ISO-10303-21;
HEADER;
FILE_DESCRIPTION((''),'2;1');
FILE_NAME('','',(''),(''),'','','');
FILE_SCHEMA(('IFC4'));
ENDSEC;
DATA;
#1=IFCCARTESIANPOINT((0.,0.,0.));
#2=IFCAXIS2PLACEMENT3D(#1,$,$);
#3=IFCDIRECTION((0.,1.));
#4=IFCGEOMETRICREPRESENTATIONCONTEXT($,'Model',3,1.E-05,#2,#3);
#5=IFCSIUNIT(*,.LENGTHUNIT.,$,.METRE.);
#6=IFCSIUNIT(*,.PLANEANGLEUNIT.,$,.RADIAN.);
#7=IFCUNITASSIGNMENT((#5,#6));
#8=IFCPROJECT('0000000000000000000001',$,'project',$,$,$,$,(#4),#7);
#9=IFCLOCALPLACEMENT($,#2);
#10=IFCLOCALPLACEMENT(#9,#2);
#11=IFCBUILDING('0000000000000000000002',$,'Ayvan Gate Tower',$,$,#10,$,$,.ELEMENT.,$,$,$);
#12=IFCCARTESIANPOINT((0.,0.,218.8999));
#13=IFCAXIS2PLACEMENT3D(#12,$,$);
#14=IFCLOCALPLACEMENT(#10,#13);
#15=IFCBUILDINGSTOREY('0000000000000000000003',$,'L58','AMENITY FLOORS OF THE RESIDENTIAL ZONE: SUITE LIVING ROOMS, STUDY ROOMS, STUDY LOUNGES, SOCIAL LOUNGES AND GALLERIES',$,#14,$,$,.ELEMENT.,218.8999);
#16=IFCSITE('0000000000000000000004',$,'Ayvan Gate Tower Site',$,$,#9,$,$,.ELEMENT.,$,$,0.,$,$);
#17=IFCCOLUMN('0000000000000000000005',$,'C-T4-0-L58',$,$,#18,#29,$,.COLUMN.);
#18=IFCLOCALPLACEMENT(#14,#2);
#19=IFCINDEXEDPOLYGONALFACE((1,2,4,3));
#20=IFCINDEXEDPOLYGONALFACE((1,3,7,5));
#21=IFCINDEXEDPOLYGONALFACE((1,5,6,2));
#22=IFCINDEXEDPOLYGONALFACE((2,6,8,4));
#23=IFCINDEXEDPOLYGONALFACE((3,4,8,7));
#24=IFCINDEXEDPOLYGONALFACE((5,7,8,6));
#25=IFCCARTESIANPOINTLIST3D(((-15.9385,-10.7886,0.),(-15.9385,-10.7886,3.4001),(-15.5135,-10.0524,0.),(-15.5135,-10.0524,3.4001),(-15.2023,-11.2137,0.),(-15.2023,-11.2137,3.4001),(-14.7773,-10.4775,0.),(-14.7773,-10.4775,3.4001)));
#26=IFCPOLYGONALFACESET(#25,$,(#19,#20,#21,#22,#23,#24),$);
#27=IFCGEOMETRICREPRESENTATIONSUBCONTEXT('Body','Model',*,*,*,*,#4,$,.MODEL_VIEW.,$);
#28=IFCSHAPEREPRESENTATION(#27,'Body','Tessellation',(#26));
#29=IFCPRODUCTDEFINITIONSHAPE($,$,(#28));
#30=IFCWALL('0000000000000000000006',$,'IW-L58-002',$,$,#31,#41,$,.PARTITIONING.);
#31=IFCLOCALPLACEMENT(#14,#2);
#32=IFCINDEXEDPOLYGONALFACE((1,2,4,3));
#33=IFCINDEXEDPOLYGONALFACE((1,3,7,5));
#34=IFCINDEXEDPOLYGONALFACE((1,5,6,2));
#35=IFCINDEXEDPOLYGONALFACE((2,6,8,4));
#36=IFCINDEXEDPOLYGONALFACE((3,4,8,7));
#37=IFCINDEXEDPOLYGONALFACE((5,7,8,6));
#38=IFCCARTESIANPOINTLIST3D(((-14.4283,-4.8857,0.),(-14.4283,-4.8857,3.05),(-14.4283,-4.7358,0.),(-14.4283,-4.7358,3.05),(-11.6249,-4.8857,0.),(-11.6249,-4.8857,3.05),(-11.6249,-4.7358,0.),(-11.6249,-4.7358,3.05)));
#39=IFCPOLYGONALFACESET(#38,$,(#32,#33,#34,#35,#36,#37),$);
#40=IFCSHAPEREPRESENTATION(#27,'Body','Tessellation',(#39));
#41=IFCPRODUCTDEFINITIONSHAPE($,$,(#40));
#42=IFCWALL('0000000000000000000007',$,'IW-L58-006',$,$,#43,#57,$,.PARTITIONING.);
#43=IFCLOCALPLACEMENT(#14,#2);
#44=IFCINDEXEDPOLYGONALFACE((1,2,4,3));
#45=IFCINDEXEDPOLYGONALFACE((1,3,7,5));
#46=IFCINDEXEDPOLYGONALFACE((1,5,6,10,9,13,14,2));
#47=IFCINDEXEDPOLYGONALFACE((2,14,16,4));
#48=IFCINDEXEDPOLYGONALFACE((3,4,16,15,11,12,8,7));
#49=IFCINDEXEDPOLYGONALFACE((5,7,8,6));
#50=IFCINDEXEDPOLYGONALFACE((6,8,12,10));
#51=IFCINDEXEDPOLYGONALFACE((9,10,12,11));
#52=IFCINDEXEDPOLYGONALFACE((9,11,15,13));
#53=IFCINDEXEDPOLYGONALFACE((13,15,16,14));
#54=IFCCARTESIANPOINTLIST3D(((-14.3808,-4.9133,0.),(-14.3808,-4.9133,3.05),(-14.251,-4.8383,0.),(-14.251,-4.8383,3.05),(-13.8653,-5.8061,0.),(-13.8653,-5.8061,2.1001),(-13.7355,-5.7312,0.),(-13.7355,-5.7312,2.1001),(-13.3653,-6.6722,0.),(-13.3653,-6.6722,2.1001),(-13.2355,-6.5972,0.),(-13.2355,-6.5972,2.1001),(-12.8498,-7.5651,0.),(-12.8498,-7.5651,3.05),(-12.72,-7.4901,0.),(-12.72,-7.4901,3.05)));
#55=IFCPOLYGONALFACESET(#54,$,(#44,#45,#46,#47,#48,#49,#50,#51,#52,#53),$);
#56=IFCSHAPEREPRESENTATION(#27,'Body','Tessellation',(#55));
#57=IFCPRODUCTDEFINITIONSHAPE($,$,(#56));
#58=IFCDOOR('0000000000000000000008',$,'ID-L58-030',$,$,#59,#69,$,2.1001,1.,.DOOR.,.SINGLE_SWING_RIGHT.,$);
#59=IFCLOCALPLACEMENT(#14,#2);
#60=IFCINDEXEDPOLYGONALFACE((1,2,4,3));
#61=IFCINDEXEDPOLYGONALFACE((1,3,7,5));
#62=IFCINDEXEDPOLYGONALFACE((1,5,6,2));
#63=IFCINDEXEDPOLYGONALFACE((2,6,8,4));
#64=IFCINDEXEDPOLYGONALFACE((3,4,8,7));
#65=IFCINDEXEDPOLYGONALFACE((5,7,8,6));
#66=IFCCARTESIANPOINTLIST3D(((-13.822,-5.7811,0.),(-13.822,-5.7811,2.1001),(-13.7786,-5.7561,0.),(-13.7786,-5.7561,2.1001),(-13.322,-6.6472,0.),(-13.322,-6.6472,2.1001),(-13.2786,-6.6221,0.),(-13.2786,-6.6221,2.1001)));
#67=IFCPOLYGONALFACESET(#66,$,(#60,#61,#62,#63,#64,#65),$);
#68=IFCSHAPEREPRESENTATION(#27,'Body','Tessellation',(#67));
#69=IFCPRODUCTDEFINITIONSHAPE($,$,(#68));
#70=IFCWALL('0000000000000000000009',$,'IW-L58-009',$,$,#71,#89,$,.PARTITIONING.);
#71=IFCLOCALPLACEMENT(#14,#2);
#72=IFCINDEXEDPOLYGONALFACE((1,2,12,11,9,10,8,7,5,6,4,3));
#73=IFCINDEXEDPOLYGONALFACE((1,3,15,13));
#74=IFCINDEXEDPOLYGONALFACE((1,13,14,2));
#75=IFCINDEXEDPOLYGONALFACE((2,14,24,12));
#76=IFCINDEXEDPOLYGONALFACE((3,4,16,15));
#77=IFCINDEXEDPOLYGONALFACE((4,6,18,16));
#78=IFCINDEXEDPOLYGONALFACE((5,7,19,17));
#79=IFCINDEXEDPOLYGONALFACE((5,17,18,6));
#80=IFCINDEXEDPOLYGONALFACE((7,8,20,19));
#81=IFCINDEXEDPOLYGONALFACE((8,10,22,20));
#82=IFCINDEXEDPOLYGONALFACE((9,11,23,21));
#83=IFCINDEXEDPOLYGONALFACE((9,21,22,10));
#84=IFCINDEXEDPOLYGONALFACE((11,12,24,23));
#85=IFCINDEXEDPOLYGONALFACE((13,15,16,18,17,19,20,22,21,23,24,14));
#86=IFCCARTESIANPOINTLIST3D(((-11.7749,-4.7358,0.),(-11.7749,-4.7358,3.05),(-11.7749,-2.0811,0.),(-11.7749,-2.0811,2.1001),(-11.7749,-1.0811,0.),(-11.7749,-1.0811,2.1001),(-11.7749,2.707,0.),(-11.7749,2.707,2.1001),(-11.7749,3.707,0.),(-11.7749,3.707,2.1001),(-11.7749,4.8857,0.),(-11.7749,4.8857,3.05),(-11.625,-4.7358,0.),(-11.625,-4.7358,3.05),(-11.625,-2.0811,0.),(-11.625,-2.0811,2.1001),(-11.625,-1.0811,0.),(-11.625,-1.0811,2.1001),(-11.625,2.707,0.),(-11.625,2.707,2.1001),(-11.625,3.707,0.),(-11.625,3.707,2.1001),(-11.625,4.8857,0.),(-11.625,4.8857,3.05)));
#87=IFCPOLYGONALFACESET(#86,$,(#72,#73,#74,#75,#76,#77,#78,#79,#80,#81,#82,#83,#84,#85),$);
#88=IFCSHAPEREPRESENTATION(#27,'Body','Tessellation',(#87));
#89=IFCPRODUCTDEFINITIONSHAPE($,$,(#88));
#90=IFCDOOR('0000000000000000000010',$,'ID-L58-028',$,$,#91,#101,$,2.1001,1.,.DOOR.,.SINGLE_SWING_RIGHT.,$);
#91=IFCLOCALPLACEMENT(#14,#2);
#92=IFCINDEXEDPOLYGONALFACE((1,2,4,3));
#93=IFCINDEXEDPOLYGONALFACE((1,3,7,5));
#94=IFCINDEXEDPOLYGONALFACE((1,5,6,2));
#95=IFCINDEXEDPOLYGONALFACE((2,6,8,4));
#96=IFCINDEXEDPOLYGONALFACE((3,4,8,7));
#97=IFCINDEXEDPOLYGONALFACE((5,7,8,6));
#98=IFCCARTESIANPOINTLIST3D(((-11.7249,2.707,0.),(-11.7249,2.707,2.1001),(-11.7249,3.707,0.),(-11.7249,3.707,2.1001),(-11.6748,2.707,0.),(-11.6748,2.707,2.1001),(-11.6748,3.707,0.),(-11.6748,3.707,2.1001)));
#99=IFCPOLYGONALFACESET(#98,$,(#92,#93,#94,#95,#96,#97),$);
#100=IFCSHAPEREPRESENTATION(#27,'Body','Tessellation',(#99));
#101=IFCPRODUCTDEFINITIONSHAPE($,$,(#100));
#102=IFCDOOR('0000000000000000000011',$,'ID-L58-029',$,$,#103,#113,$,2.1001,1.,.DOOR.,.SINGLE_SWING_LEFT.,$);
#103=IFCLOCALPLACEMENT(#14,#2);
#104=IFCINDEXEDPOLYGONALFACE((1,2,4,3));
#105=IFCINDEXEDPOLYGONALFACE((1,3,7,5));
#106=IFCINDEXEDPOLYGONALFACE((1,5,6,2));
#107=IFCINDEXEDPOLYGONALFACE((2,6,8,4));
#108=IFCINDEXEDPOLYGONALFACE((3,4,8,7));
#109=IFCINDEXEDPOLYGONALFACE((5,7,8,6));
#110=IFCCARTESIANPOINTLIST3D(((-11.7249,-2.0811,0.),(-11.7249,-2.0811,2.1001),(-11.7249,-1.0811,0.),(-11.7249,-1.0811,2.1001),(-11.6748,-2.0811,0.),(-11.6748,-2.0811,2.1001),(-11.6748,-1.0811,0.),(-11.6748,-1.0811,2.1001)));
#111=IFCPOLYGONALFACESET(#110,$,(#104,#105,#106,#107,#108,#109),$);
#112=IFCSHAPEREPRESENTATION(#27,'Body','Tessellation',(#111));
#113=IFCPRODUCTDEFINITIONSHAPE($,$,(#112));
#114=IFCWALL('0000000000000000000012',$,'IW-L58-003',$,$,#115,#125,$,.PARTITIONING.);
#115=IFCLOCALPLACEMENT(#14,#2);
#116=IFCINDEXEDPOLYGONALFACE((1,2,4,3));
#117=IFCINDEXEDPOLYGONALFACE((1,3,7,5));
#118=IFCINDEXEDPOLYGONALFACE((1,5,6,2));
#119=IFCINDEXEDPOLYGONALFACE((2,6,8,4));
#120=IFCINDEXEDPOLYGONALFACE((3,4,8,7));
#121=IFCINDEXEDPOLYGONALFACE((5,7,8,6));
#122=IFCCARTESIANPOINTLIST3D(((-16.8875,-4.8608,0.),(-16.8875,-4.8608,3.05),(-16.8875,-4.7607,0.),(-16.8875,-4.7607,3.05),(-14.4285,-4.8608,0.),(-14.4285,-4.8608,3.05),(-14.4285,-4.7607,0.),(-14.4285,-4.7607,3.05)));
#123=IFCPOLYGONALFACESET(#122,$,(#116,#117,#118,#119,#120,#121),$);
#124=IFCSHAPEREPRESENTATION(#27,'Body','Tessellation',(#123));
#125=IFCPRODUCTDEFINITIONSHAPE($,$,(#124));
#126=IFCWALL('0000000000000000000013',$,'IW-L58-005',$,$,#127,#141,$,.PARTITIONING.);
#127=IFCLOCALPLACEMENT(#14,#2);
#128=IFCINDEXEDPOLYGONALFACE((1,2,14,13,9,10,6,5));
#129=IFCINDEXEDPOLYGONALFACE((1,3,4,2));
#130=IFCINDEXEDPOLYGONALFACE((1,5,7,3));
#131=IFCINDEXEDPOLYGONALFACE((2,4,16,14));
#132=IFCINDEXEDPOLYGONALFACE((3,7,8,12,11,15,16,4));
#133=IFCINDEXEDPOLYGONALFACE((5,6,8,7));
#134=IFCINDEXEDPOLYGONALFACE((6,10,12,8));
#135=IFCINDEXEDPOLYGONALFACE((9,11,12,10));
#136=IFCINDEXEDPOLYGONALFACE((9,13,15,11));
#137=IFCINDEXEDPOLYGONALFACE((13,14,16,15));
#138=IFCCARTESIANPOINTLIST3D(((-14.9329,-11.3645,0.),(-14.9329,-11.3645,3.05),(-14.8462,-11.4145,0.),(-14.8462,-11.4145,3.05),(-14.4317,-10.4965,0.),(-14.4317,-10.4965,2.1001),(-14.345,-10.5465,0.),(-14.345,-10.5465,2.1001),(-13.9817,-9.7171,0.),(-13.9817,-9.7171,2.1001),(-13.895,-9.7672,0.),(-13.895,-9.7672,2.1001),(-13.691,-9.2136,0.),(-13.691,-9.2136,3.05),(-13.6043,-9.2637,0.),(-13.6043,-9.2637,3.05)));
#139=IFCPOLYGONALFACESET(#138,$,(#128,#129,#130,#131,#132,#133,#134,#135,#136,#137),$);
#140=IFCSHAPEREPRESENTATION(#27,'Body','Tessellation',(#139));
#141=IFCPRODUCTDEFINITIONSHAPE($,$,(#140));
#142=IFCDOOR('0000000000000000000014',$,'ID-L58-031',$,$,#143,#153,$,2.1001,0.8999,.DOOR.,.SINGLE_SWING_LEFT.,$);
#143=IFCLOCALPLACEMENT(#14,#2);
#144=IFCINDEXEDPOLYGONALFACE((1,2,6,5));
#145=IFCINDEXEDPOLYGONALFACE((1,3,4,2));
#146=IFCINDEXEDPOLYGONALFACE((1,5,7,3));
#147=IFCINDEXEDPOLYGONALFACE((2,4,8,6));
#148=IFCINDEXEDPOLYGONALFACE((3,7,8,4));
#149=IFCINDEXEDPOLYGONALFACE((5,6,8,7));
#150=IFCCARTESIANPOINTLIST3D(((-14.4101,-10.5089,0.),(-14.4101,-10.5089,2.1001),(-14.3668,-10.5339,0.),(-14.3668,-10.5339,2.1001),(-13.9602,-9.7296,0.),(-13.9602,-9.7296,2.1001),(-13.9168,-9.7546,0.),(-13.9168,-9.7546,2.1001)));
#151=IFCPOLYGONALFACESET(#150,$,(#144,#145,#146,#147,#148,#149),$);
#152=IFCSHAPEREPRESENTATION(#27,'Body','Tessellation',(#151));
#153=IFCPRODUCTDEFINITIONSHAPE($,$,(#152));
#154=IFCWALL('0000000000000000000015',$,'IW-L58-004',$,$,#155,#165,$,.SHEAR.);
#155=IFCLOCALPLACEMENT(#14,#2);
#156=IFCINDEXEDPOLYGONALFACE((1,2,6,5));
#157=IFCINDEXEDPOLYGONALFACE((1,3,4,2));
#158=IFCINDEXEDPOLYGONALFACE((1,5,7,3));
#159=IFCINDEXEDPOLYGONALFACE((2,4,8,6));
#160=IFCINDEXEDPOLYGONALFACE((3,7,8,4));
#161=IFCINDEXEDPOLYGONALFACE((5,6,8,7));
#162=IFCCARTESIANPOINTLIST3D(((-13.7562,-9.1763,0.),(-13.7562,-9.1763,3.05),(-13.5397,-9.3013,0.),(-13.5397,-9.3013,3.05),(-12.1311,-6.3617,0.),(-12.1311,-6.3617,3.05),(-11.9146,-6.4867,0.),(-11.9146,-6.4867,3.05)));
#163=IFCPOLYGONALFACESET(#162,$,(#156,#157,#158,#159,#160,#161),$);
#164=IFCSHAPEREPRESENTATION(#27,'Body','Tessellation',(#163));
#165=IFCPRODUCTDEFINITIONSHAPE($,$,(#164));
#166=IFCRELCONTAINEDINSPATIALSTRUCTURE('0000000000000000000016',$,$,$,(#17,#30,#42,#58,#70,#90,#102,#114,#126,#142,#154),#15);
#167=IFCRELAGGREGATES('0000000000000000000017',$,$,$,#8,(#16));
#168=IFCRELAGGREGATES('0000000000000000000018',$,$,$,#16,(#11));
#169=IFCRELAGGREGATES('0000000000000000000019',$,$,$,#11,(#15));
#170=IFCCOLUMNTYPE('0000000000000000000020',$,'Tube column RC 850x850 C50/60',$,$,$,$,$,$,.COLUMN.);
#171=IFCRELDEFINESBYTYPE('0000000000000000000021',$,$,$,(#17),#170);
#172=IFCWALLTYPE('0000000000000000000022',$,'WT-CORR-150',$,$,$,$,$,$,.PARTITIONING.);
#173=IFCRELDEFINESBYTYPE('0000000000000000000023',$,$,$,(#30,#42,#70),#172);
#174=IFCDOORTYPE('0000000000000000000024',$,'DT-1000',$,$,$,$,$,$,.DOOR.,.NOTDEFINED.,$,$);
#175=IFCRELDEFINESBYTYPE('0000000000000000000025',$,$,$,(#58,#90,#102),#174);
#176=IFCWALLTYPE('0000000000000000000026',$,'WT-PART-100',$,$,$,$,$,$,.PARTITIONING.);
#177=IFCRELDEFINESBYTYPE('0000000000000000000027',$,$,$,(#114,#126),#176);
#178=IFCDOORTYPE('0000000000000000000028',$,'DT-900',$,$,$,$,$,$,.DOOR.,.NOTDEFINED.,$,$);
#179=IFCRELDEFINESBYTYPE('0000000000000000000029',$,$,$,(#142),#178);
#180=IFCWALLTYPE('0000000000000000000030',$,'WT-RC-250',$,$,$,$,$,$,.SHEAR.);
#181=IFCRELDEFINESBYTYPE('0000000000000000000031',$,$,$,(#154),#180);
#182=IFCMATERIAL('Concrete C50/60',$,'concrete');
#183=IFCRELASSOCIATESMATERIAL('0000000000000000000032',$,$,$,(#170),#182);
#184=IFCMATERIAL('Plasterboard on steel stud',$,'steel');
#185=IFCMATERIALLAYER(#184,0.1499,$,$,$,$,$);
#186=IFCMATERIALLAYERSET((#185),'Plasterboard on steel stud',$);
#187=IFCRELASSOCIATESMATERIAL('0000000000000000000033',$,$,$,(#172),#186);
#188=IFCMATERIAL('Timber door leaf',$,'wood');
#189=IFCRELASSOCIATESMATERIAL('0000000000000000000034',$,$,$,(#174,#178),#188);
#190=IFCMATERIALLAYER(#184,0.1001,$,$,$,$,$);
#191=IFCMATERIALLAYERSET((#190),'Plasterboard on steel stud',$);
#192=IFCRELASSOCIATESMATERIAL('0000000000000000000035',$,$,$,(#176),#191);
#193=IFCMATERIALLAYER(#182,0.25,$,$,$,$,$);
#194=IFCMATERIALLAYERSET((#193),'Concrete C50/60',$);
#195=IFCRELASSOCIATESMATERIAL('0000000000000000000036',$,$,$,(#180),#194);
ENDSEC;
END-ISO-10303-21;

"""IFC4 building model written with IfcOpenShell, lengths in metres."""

from ifc_helpers import new_model, si_unit, direction, frame, frame_2d, origin, origin_2d, place, context, subcontext, project, spatial, rectangle, extrude, material, layer, layer_set, material_profile, profile_set, type_object, element, fill, save


model = new_model("IFC4")

# Units and contexts
model_context = context("Model", 3, precision=1e-05, world=origin(), true_north=direction((0.0, 1.0)))
body_context = subcontext(model_context, "Body", "Model", "MODEL_VIEW")
ifc_project = project(units=[si_unit("LENGTHUNIT", "METRE"), si_unit("PLANEANGLEUNIT", "RADIAN")], contexts=[model_context])

# Site, building, storey
site_placement = place(None, origin())
site = spatial("IfcSite", under=ifc_project, at=site_placement, Name="Ayvan Gate Tower Site", CompositionType="ELEMENT", RefElevation=0.0)
building_placement = place(site_placement, origin())
building = spatial("IfcBuilding", under=site, at=building_placement, Name="Ayvan Gate Tower", CompositionType="ELEMENT")
storey_placement = place(building_placement, frame((0.0, 0.0, 218.8999)))
storey = spatial("IfcBuildingStorey", under=building, at=storey_placement, Name="L58", Description="AMENITY FLOORS OF THE RESIDENTIAL ZONE: SUITE LIVING ROOMS, STUDY ROOMS, STUDY LOUNGES, SOCIAL LOUNGES AND GALLERIES", CompositionType="ELEMENT", Elevation=218.8999)

# Column
ifc_material_1 = material(Name="Concrete C50/60", Category="concrete")
ifc_material_profile = material_profile(ifc_material_1, rectangle(XDim=0.8501, YDim=0.8501, at=origin_2d()), Name="RC 850x850")
ifc_profile_set = profile_set([ifc_material_profile], Name="Concrete C50/60")
column_type = type_object("IfcColumnType", Name="Tube column RC 850x850 C50/60", PredefinedType="COLUMN", material=ifc_profile_set)
column_placement = place(storey_placement, frame((-15.3579, -10.6331, 0.0), z_axis=(0.0, 0.0, 1.0), x_axis=(-0.5, -0.866025, 0.0)))
element("IfcColumn", 1, at=column_placement, inside=storey, type_object=column_type, Name="C-T4-0-L58", PredefinedType="COLUMN", context=body_context, shape_type="SweptSolid", body=[
    extrude(rectangle(XDim=0.8501, YDim=0.8501, at=origin_2d()), origin(), (0.0, 0.0, 1.0), 3.4001),
])

# Wall
ifc_material_2 = material(Name="Plasterboard on steel stud", Category="steel")
ifc_layer_1 = layer(ifc_material_2, 0.1499)
ifc_layer_set_1 = layer_set([ifc_layer_1], Name="Plasterboard on steel stud")
wall_type_1 = type_object("IfcWallType", Name="WT-CORR-150", PredefinedType="PARTITIONING", material=ifc_layer_set_1)
wall_1_placement = place(storey_placement, frame((-14.4285, -4.8108, 0.0), z_axis=(0.0, 0.0, 1.0), x_axis=(1.0, 0.0, 0.0)))
element("IfcWall", 2, at=wall_1_placement, inside=storey, type_object=wall_type_1, Name="IW-L58-002", PredefinedType="PARTITIONING", context=body_context, shape_type="SweptSolid", body=[
    extrude(rectangle(XDim=2.8035, YDim=0.1499, at=frame_2d((1.4019, 0.0))), origin(), (0.0, 0.0, 1.0), 3.05),
])

# Wall, opening, door
wall_2_placement = place(storey_placement, frame((-12.7849, -7.5276, 0.0), z_axis=(0.0, 0.0, 1.0), x_axis=(-0.499989, 0.866032, 0.0)))
wall_2 = element("IfcWall", 3, at=wall_2_placement, inside=storey, type_object=wall_type_1, Name="IW-L58-006", PredefinedType="PARTITIONING", context=body_context, shape_type="SweptSolid", body=[
    extrude(rectangle(XDim=3.062, YDim=0.1499, at=frame_2d((1.531, 0.0))), origin(), (0.0, 0.0, 1.0), 3.05),
])
opening_1_placement = place(wall_2_placement, frame((1.031, 0.0, 0.0)))
opening_1 = element("IfcOpeningElement", 4, at=opening_1_placement, cuts=wall_2, PredefinedType="OPENING", context=body_context, shape_type="SweptSolid", body=[
    extrude(rectangle(XDim=1.0, YDim=2.1001, at=frame_2d((0.5, 1.05))), frame((0.0, 0.085, 0.0), z_axis=(0.0, -1.0, 0.0), x_axis=(1.0, 0.0, 0.0)), (0.0, 0.0, 1.0), 0.1699),
])
ifc_material_3 = material(Name="Timber door leaf", Category="wood")
door_type_1 = type_object("IfcDoorType", Name="DT-1000", OperationType="NOTDEFINED", PredefinedType="DOOR", material=ifc_material_3)
door_1_placement = place(opening_1_placement, origin())
door_1 = element("IfcDoor", 5, at=door_1_placement, inside=storey, type_object=door_type_1, Name="ID-L58-030", OperationType="SINGLE_SWING_RIGHT", OverallHeight=2.1001, OverallWidth=1.0, PredefinedType="DOOR", context=body_context, shape_type="SweptSolid", body=[
    extrude(rectangle(XDim=1.0, YDim=2.1001, at=frame_2d((0.5, 1.05))), frame((0.0, 0.0249, 0.0), z_axis=(0.0, -1.0, 0.0), x_axis=(1.0, 0.0, 0.0)), (0.0, 0.0, 1.0), 0.05),
])
fill(opening_1, door_1)

# Wall, openings, doors
wall_3_placement = place(storey_placement, frame((-11.7, -4.7358, 0.0), z_axis=(0.0, 0.0, 1.0), x_axis=(0.0, 1.0, 0.0)))
wall_3 = element("IfcWall", 6, at=wall_3_placement, inside=storey, type_object=wall_type_1, Name="IW-L58-009", PredefinedType="PARTITIONING", context=body_context, shape_type="SweptSolid", body=[
    extrude(rectangle(XDim=9.6216, YDim=0.1499, at=frame_2d((4.8108, 0.0))), origin(), (0.0, 0.0, 1.0), 3.05),
])
opening_2_placement = place(wall_3_placement, frame((7.4429, 0.0, 0.0)))
opening_2 = element("IfcOpeningElement", 7, at=opening_2_placement, cuts=wall_3, PredefinedType="OPENING", context=body_context, shape_type="SweptSolid", body=[
    extrude(rectangle(XDim=1.0, YDim=2.1001, at=frame_2d((0.5, 1.05))), frame((0.0, 0.085, 0.0), z_axis=(0.0, -1.0, 0.0), x_axis=(1.0, 0.0, 0.0)), (0.0, 0.0, 1.0), 0.1699),
])
opening_3_placement = place(wall_3_placement, frame((2.6548, 0.0, 0.0)))
opening_3 = element("IfcOpeningElement", 8, at=opening_3_placement, cuts=wall_3, PredefinedType="OPENING", context=body_context, shape_type="SweptSolid", body=[
    extrude(rectangle(XDim=1.0, YDim=2.1001, at=frame_2d((0.5, 1.05))), frame((0.0, 0.085, 0.0), z_axis=(0.0, -1.0, 0.0), x_axis=(1.0, 0.0, 0.0)), (0.0, 0.0, 1.0), 0.1699),
])
door_2_placement = place(opening_2_placement, origin())
door_2 = element("IfcDoor", 9, at=door_2_placement, inside=storey, type_object=door_type_1, Name="ID-L58-028", OperationType="SINGLE_SWING_RIGHT", OverallHeight=2.1001, OverallWidth=1.0, PredefinedType="DOOR", context=body_context, shape_type="SweptSolid", body=[
    extrude(rectangle(XDim=1.0, YDim=2.1001, at=frame_2d((0.5, 1.05))), frame((0.0, 0.0249, 0.0), z_axis=(0.0, -1.0, 0.0), x_axis=(1.0, 0.0, 0.0)), (0.0, 0.0, 1.0), 0.05),
])
fill(opening_2, door_2)
door_3_placement = place(opening_3_placement, origin())
door_3 = element("IfcDoor", 10, at=door_3_placement, inside=storey, type_object=door_type_1, Name="ID-L58-029", OperationType="SINGLE_SWING_LEFT", OverallHeight=2.1001, OverallWidth=1.0, PredefinedType="DOOR", context=body_context, shape_type="SweptSolid", body=[
    extrude(rectangle(XDim=1.0, YDim=2.1001, at=frame_2d((0.5, 1.05))), frame((0.0, 0.0249, 0.0), z_axis=(0.0, -1.0, 0.0), x_axis=(1.0, 0.0, 0.0)), (0.0, 0.0, 1.0), 0.05),
])
fill(opening_3, door_3)

# Wall
ifc_layer_2 = layer(ifc_material_2, 0.1001)
ifc_layer_set_2 = layer_set([ifc_layer_2], Name="Plasterboard on steel stud")
wall_type_2 = type_object("IfcWallType", Name="WT-PART-100", PredefinedType="PARTITIONING", material=ifc_layer_set_2)
wall_4_placement = place(storey_placement, frame((-14.4285, -4.8108, 0.0), z_axis=(0.0, 0.0, 1.0), x_axis=(-1.0, 0.0, 0.0)))
element("IfcWall", 11, at=wall_4_placement, inside=storey, type_object=wall_type_2, Name="IW-L58-003", PredefinedType="PARTITIONING", context=body_context, shape_type="SweptSolid", body=[
    extrude(rectangle(XDim=2.459, YDim=0.1001, at=frame_2d((1.2295, 0.0))), origin(), (0.0, 0.0, 1.0), 3.05),
])

# Wall, opening, door
wall_5_placement = place(storey_placement, frame((-13.6477, -9.2388, 0.0), z_axis=(0.0, 0.0, 1.0), x_axis=(-0.50004, -0.866002, 0.0)))
wall_5 = element("IfcWall", 12, at=wall_5_placement, inside=storey, type_object=wall_type_2, Name="IW-L58-005", PredefinedType="PARTITIONING", context=body_context, shape_type="SweptSolid", body=[
    extrude(rectangle(XDim=2.4836, YDim=0.1001, at=frame_2d((1.2417, 0.0))), origin(), (0.0, 0.0, 1.0), 3.05),
])
opening_4_placement = place(wall_5_placement, frame((0.5813, 0.0, 0.0)))
opening_4 = element("IfcOpeningElement", 13, at=opening_4_placement, cuts=wall_5, PredefinedType="OPENING", context=body_context, shape_type="SweptSolid", body=[
    extrude(rectangle(XDim=0.8999, YDim=2.1001, at=frame_2d((0.45, 1.05))), frame((0.0, 0.0601, 0.0), z_axis=(0.0, -1.0, 0.0), x_axis=(1.0, 0.0, 0.0)), (0.0, 0.0, 1.0), 0.1201),
])
door_type_2 = type_object("IfcDoorType", Name="DT-900", OperationType="NOTDEFINED", PredefinedType="DOOR", material=ifc_material_3)
door_4_placement = place(opening_4_placement, origin())
door_4 = element("IfcDoor", 14, at=door_4_placement, inside=storey, type_object=door_type_2, Name="ID-L58-031", OperationType="SINGLE_SWING_LEFT", OverallHeight=2.1001, OverallWidth=0.8999, PredefinedType="DOOR", context=body_context, shape_type="SweptSolid", body=[
    extrude(rectangle(XDim=0.8999, YDim=2.1001, at=frame_2d((0.45, 1.05))), frame((0.0, 0.0249, 0.0), z_axis=(0.0, -1.0, 0.0), x_axis=(1.0, 0.0, 0.0)), (0.0, 0.0, 1.0), 0.05),
])
fill(opening_4, door_4)

# Wall
ifc_layer_3 = layer(ifc_material_1, 0.25)
ifc_layer_set_3 = layer_set([ifc_layer_3], Name="Concrete C50/60")
wall_type_3 = type_object("IfcWallType", Name="WT-RC-250", PredefinedType="SHEAR", material=ifc_layer_set_3)
wall_6_placement = place(storey_placement, frame((-13.6479, -9.2388, 0.0), z_axis=(0.0, 0.0, 1.0), x_axis=(0.500017, 0.866015, 0.0)))
element("IfcWall", 15, at=wall_6_placement, inside=storey, type_object=wall_type_3, Name="IW-L58-004", PredefinedType="SHEAR", context=body_context, shape_type="SweptSolid", body=[
    extrude(rectangle(XDim=3.25, YDim=0.25, at=frame_2d((1.625, 0.0))), origin(), (0.0, 0.0, 1.0), 3.05),
])

save(model, "model.ifc")
